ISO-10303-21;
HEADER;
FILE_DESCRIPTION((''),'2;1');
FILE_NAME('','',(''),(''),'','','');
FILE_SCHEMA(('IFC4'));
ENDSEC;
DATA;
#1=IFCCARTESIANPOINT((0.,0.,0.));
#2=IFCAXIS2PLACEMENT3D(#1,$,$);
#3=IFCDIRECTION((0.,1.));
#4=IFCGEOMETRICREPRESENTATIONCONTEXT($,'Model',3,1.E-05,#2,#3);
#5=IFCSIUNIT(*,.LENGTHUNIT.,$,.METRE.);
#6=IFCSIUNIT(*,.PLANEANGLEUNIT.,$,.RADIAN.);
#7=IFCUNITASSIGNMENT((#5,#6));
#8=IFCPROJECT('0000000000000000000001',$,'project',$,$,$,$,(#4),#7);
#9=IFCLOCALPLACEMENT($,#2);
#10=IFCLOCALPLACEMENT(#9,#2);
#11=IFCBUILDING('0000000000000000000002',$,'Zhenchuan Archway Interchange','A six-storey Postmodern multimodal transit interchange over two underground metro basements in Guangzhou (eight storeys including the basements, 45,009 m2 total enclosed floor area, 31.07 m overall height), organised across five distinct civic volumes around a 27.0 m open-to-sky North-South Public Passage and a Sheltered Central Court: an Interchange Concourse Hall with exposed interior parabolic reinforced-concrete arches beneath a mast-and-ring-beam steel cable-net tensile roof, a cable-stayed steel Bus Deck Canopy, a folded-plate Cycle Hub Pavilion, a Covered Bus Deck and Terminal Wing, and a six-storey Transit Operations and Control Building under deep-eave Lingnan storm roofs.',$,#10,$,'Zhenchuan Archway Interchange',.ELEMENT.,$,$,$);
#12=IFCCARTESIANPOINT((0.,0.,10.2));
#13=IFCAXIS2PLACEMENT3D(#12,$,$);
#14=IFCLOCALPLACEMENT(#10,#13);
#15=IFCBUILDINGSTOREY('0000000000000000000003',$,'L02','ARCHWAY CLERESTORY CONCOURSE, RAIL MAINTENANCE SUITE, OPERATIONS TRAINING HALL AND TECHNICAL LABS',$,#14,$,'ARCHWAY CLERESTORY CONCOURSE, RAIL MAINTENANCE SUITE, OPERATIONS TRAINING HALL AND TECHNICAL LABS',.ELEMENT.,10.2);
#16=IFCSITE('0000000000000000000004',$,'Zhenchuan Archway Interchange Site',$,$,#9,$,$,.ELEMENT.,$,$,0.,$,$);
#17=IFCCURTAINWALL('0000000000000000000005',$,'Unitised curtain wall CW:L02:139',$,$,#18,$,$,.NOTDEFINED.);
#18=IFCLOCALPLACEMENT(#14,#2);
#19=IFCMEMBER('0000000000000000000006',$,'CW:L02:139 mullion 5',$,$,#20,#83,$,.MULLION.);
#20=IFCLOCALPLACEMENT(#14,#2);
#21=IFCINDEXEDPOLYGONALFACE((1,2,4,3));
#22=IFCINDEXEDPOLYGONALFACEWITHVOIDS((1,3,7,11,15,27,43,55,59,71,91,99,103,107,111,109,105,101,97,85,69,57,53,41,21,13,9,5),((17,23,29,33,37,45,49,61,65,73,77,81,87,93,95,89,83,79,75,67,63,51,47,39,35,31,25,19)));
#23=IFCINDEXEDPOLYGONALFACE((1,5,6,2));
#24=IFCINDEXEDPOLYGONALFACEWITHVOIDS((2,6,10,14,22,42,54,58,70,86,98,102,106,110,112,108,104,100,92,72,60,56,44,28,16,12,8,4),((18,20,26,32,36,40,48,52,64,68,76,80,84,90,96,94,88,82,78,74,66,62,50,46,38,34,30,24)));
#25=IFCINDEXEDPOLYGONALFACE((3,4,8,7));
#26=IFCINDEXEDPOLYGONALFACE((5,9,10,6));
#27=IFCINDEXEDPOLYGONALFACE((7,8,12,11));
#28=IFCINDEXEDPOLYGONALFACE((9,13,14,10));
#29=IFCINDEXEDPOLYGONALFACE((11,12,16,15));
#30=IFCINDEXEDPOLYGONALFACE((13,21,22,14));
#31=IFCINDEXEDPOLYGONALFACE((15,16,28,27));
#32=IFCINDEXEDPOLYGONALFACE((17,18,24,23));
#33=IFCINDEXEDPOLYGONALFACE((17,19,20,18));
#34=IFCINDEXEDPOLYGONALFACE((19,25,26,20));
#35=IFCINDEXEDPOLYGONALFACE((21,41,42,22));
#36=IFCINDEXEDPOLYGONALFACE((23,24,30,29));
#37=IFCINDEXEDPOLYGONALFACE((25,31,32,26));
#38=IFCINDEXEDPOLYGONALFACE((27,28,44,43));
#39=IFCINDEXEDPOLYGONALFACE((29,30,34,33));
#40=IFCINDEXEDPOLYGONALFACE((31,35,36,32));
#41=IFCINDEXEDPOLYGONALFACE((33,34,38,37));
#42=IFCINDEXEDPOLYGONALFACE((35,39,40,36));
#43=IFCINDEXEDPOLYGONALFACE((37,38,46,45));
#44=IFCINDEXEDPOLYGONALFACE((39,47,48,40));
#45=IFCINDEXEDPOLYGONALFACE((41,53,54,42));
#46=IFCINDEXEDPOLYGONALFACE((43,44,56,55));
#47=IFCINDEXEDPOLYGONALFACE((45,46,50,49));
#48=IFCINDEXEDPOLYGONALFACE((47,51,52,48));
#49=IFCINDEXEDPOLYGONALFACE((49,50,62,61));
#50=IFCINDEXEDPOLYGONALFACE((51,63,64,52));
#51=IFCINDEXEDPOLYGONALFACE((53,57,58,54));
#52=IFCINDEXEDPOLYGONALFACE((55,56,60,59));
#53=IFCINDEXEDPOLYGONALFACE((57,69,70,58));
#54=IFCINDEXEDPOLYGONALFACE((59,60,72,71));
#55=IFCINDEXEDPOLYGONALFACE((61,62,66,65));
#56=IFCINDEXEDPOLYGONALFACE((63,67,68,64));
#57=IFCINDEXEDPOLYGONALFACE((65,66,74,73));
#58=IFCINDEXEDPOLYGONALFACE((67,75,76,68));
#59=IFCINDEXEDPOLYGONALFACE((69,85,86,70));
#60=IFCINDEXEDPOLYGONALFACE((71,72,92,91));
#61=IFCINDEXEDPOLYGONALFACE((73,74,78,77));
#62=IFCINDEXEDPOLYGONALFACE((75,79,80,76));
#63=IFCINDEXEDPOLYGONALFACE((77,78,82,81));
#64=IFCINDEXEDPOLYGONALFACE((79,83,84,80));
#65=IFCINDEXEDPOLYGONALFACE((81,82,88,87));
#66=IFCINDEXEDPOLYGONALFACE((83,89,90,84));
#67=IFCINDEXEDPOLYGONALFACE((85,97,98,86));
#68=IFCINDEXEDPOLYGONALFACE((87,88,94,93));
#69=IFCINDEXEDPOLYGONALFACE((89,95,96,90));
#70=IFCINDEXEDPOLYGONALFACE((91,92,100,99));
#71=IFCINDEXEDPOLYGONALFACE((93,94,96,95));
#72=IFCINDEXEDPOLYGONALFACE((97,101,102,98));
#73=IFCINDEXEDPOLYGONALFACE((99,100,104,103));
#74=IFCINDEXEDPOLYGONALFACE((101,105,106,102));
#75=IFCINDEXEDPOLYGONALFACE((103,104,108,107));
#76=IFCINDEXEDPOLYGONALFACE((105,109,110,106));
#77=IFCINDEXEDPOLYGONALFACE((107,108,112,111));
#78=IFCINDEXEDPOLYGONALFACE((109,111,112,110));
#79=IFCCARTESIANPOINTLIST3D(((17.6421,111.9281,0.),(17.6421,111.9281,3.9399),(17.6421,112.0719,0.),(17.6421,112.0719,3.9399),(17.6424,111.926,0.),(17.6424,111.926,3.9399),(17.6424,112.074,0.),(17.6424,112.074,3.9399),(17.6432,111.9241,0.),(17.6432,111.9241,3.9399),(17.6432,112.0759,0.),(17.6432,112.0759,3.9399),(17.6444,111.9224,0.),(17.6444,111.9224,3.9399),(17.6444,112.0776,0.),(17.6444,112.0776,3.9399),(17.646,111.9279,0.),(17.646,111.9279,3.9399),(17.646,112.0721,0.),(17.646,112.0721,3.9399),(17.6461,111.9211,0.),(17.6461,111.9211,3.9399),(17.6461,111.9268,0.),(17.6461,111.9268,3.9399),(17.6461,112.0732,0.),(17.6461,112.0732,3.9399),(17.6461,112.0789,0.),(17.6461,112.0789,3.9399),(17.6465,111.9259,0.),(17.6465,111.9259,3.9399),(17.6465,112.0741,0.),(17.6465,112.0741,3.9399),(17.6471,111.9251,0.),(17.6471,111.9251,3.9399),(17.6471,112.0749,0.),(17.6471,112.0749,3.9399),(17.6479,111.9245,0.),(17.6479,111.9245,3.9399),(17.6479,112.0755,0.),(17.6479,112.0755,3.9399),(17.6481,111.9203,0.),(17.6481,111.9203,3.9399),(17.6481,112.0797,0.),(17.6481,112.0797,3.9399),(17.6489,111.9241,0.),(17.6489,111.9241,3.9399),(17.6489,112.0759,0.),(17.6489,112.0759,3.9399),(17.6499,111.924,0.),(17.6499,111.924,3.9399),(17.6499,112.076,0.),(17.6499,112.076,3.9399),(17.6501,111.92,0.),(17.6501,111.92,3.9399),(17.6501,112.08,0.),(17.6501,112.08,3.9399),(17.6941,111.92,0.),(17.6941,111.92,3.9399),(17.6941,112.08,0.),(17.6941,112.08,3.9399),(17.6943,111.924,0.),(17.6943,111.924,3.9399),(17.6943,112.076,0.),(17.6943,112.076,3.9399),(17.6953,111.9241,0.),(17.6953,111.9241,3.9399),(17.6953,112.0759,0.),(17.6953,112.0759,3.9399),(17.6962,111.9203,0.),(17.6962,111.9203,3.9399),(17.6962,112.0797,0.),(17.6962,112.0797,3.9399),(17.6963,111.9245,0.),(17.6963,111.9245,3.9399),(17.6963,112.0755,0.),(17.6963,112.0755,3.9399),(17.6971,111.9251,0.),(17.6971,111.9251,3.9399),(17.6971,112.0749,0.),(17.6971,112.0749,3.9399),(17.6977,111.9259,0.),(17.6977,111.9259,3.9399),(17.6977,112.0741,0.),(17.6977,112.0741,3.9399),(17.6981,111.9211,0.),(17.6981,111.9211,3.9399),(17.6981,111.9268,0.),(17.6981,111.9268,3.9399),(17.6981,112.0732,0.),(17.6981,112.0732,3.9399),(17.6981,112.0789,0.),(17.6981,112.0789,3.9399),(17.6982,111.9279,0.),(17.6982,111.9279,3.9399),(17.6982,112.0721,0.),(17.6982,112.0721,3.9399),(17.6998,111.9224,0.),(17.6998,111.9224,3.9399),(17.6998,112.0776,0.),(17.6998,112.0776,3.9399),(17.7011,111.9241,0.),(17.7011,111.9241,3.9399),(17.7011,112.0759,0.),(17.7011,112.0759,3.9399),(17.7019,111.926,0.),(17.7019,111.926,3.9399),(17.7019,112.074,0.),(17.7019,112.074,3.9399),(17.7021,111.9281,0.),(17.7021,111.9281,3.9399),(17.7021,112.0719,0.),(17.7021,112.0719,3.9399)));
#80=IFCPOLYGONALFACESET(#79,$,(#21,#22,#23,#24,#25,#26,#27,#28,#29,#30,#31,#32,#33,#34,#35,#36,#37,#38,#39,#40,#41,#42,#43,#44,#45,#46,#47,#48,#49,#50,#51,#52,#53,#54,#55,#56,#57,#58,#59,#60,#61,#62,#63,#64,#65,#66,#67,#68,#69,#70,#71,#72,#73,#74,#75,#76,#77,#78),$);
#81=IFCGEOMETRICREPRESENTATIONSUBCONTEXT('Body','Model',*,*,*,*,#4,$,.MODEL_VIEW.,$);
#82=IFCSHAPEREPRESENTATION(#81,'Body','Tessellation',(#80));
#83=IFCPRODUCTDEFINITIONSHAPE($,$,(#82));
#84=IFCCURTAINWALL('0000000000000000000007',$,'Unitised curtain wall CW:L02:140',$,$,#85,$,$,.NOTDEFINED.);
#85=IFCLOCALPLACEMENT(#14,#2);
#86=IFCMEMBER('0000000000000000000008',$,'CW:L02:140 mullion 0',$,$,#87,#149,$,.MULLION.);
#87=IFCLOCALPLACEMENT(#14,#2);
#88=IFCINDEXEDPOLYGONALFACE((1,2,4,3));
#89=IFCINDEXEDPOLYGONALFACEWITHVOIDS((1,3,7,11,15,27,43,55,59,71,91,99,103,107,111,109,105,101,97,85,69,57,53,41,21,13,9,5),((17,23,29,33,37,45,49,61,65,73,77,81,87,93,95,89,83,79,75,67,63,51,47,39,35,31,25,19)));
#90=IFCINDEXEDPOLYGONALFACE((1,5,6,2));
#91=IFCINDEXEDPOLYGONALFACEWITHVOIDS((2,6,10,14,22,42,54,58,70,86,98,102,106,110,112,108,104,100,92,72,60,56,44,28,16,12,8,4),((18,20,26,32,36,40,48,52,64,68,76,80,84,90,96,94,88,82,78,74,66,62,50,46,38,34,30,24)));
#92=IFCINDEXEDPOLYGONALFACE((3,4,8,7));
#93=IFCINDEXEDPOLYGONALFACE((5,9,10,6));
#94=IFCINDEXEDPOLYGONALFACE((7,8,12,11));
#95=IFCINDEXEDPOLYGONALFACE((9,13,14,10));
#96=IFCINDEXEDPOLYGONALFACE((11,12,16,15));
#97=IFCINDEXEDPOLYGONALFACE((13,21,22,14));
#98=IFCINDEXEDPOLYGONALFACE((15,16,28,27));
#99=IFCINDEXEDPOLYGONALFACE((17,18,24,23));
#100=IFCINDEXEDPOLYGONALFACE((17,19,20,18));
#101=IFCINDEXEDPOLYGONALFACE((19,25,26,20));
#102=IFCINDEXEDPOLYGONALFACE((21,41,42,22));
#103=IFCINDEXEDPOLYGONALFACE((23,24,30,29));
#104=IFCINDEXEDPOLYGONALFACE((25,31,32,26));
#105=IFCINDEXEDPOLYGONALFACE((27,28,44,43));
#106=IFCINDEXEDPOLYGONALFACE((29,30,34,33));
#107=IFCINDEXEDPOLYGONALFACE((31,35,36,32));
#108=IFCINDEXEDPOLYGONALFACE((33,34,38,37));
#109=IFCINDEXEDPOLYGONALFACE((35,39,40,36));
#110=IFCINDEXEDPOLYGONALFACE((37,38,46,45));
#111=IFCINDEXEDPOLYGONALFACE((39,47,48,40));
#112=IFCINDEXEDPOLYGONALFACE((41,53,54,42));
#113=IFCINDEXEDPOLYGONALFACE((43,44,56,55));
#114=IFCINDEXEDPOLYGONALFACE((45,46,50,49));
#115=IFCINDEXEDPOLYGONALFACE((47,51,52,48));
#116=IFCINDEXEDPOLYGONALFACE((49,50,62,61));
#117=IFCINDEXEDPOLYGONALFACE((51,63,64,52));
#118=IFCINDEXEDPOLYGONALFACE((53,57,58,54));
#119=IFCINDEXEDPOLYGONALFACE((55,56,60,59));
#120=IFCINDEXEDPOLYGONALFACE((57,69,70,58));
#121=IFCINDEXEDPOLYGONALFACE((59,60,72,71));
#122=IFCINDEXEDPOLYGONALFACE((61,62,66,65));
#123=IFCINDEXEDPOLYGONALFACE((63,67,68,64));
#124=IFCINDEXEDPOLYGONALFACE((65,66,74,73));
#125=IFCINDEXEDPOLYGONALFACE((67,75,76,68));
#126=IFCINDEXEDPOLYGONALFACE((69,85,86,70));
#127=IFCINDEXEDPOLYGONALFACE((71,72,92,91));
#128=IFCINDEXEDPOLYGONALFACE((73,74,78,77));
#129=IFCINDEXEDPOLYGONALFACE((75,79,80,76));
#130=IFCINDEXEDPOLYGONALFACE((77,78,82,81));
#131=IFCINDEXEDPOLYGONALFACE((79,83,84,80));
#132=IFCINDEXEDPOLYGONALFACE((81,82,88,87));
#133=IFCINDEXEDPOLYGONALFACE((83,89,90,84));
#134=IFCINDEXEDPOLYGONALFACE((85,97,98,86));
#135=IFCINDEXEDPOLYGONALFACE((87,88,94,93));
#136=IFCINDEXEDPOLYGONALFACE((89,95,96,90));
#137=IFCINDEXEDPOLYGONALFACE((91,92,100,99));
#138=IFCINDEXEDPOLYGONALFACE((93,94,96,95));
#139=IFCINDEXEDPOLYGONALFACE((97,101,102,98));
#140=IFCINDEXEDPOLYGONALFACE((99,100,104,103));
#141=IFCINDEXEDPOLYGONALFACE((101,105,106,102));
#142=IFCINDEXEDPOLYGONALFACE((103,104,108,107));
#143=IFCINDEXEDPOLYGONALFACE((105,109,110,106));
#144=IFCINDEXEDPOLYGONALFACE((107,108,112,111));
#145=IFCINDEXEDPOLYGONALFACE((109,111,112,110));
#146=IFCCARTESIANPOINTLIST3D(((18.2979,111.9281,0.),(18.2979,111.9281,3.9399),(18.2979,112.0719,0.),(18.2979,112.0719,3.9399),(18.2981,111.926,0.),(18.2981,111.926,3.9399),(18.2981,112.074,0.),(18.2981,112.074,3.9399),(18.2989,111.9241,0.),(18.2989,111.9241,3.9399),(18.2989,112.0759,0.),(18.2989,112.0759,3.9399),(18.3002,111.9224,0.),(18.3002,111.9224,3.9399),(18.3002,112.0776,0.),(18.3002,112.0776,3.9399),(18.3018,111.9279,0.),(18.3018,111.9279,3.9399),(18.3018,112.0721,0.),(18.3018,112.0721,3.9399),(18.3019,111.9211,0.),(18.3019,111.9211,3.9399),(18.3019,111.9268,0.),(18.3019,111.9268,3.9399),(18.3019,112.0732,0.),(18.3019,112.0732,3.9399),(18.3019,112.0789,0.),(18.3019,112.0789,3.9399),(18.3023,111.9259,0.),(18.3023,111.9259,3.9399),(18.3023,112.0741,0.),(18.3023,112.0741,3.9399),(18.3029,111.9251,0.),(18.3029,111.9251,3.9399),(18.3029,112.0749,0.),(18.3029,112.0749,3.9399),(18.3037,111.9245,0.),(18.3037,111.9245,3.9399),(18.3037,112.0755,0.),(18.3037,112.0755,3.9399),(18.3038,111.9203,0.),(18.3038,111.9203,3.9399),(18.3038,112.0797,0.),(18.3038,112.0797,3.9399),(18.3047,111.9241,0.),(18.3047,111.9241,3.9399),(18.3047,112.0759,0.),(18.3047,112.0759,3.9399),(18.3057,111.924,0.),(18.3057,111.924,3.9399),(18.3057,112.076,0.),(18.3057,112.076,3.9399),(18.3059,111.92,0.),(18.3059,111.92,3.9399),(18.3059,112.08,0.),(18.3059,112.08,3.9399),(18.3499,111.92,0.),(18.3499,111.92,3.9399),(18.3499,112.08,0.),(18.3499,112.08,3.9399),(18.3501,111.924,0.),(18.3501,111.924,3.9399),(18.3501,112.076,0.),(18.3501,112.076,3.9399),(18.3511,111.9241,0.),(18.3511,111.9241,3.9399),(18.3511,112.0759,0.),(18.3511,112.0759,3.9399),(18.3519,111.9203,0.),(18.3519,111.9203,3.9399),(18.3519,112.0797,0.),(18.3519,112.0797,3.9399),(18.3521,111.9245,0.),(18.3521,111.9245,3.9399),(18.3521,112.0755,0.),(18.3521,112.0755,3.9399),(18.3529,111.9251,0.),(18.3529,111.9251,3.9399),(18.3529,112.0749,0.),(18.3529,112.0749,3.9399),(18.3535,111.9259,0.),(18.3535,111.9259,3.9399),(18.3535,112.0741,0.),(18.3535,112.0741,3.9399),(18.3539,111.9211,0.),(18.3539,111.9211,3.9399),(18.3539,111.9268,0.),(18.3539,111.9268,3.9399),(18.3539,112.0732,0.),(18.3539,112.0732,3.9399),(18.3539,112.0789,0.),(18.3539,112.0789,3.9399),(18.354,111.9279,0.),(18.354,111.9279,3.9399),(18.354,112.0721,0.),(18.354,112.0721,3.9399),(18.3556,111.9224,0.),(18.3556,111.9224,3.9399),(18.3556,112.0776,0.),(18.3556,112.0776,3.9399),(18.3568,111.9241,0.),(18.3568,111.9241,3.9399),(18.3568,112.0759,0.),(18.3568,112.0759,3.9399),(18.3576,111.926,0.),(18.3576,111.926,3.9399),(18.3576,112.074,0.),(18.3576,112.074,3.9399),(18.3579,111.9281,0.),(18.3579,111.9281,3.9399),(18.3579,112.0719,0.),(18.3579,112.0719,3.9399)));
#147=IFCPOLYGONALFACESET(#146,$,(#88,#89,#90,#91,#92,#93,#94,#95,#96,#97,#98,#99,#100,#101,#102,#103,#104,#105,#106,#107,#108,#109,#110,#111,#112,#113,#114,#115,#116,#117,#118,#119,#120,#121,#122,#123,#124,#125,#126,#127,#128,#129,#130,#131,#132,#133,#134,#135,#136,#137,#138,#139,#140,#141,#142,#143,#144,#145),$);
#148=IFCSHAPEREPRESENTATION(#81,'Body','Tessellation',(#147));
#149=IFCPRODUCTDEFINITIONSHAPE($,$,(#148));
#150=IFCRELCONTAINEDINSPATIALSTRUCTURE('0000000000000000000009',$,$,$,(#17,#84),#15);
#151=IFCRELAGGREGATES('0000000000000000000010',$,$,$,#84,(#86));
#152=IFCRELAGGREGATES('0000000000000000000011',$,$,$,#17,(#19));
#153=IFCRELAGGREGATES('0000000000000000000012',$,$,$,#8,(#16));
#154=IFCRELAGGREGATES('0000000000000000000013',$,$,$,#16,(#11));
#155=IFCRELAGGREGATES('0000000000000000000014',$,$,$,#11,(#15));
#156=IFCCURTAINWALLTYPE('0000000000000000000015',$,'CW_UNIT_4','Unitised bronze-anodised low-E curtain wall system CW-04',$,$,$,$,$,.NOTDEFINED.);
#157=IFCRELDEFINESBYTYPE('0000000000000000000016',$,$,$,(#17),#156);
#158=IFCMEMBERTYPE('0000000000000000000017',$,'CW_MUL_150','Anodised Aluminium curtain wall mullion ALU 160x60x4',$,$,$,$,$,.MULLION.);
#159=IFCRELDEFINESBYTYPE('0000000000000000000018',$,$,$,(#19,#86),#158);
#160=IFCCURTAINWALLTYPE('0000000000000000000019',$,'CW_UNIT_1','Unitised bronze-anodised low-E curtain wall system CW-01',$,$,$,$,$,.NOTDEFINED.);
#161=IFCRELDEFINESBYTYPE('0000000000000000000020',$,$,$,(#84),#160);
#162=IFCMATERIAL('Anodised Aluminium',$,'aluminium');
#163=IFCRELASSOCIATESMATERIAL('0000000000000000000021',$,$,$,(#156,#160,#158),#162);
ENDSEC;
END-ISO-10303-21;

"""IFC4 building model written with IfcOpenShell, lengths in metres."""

from ifc_helpers import new_model, si_unit, direction, frame, origin, origin_2d, place, context, subcontext, project, spatial, hollow_rectangle, extrude, material, material_profile, profile_set, type_object, element, aggregate, save


model = new_model("IFC4")

# Units and contexts
model_context = context("Model", 3, precision=1e-05, world=origin(), true_north=direction((0.0, 1.0)))
body_context = subcontext(model_context, "Body", "Model", "MODEL_VIEW")
ifc_project = project(units=[si_unit("LENGTHUNIT", "METRE"), si_unit("PLANEANGLEUNIT", "RADIAN")], contexts=[model_context])

# Site, building, storey
site_placement = place(None, origin())
site = spatial("IfcSite", under=ifc_project, at=site_placement, Name="Zhenchuan Archway Interchange Site", CompositionType="ELEMENT", RefElevation=0.0)
building_placement = place(site_placement, origin())
building = spatial("IfcBuilding", under=site, at=building_placement, Name="Zhenchuan Archway Interchange", Description="A six-storey Postmodern multimodal transit interchange over two underground metro basements in Guangzhou (eight storeys including the basements, 45,009 m2 total enclosed floor area, 31.07 m overall height), organised across five distinct civic volumes around a 27.0 m open-to-sky North-South Public Passage and a Sheltered Central Court: an Interchange Concourse Hall with exposed interior parabolic reinforced-concrete arches beneath a mast-and-ring-beam steel cable-net tensile roof, a cable-stayed steel Bus Deck Canopy, a folded-plate Cycle Hub Pavilion, a Covered Bus Deck and Terminal Wing, and a six-storey Transit Operations and Control Building under deep-eave Lingnan storm roofs.", LongName="Zhenchuan Archway Interchange", CompositionType="ELEMENT")
storey_placement = place(building_placement, frame((0.0, 0.0, 10.2)))
storey = spatial("IfcBuildingStorey", under=building, at=storey_placement, Name="L02", Description="ARCHWAY CLERESTORY CONCOURSE, RAIL MAINTENANCE SUITE, OPERATIONS TRAINING HALL AND TECHNICAL LABS", LongName="ARCHWAY CLERESTORY CONCOURSE, RAIL MAINTENANCE SUITE, OPERATIONS TRAINING HALL AND TECHNICAL LABS", CompositionType="ELEMENT", Elevation=10.2)

# Curtain wall, member
ifc_material_1 = material(Name="Anodised Aluminium", Category="aluminium")
curtain_wall_type_1 = type_object("IfcCurtainWallType", Name="CW_UNIT_4", Description="Unitised bronze-anodised low-E curtain wall system CW-04", PredefinedType="NOTDEFINED", material=ifc_material_1)
curtain_wall_1_placement = place(storey_placement, origin())
curtain_wall_1 = element("IfcCurtainWall", 1, at=curtain_wall_1_placement, inside=storey, type_object=curtain_wall_type_1, Name="Unitised curtain wall CW:L02:139", PredefinedType="NOTDEFINED")
ifc_material_profile_1 = material_profile(ifc_material_1, hollow_rectangle(XDim=0.0601, YDim=0.1599, WallThickness=0.0039, InnerFilletRadius=0.0039, OuterFilletRadius=0.0081, at=origin_2d()), Name="ALU 160x60x4")
ifc_profile_set_1 = profile_set([ifc_material_profile_1], Name="Anodised Aluminium")
member_type_1 = type_object("IfcMemberType", Name="CW_MUL_150", Description="Anodised Aluminium curtain wall mullion ALU 160x60x4", PredefinedType="MULLION", material=ifc_profile_set_1)
member_1_placement = place(storey_placement, frame((17.6721, 112.0, 0.0), z_axis=(0.0, 0.0, 1.0), x_axis=(1.0, 0.0, 0.0)))
member_1 = element("IfcMember", 2, at=member_1_placement, type_object=member_type_1, Name="CW:L02:139 mullion 5", PredefinedType="MULLION", context=body_context, shape_type="SweptSolid", body=[
    extrude(hollow_rectangle(XDim=0.0601, YDim=0.1599, WallThickness=0.0039, InnerFilletRadius=0.0039, OuterFilletRadius=0.0081, at=origin_2d()), origin(), (0.0, 0.0, 1.0), 3.9399),
])

# Curtain wall, member
curtain_wall_type_2 = type_object("IfcCurtainWallType", Name="CW_UNIT_1", Description="Unitised bronze-anodised low-E curtain wall system CW-01", PredefinedType="NOTDEFINED", material=ifc_material_1)
curtain_wall_2_placement = place(storey_placement, origin())
curtain_wall_2 = element("IfcCurtainWall", 3, at=curtain_wall_2_placement, inside=storey, type_object=curtain_wall_type_2, Name="Unitised curtain wall CW:L02:140", PredefinedType="NOTDEFINED")
member_2_placement = place(storey_placement, frame((18.3279, 112.0, 0.0), z_axis=(0.0, 0.0, 1.0), x_axis=(1.0, 0.0, 0.0)))
member_2 = element("IfcMember", 4, at=member_2_placement, type_object=member_type_1, Name="CW:L02:140 mullion 0", PredefinedType="MULLION", context=body_context, shape_type="SweptSolid", body=[
    extrude(hollow_rectangle(XDim=0.0601, YDim=0.1599, WallThickness=0.0039, InnerFilletRadius=0.0039, OuterFilletRadius=0.0081, at=origin_2d()), origin(), (0.0, 0.0, 1.0), 3.9399),
])

aggregate(curtain_wall_2, [member_2])

aggregate(curtain_wall_1, [member_1])

save(model, "model.ifc")
